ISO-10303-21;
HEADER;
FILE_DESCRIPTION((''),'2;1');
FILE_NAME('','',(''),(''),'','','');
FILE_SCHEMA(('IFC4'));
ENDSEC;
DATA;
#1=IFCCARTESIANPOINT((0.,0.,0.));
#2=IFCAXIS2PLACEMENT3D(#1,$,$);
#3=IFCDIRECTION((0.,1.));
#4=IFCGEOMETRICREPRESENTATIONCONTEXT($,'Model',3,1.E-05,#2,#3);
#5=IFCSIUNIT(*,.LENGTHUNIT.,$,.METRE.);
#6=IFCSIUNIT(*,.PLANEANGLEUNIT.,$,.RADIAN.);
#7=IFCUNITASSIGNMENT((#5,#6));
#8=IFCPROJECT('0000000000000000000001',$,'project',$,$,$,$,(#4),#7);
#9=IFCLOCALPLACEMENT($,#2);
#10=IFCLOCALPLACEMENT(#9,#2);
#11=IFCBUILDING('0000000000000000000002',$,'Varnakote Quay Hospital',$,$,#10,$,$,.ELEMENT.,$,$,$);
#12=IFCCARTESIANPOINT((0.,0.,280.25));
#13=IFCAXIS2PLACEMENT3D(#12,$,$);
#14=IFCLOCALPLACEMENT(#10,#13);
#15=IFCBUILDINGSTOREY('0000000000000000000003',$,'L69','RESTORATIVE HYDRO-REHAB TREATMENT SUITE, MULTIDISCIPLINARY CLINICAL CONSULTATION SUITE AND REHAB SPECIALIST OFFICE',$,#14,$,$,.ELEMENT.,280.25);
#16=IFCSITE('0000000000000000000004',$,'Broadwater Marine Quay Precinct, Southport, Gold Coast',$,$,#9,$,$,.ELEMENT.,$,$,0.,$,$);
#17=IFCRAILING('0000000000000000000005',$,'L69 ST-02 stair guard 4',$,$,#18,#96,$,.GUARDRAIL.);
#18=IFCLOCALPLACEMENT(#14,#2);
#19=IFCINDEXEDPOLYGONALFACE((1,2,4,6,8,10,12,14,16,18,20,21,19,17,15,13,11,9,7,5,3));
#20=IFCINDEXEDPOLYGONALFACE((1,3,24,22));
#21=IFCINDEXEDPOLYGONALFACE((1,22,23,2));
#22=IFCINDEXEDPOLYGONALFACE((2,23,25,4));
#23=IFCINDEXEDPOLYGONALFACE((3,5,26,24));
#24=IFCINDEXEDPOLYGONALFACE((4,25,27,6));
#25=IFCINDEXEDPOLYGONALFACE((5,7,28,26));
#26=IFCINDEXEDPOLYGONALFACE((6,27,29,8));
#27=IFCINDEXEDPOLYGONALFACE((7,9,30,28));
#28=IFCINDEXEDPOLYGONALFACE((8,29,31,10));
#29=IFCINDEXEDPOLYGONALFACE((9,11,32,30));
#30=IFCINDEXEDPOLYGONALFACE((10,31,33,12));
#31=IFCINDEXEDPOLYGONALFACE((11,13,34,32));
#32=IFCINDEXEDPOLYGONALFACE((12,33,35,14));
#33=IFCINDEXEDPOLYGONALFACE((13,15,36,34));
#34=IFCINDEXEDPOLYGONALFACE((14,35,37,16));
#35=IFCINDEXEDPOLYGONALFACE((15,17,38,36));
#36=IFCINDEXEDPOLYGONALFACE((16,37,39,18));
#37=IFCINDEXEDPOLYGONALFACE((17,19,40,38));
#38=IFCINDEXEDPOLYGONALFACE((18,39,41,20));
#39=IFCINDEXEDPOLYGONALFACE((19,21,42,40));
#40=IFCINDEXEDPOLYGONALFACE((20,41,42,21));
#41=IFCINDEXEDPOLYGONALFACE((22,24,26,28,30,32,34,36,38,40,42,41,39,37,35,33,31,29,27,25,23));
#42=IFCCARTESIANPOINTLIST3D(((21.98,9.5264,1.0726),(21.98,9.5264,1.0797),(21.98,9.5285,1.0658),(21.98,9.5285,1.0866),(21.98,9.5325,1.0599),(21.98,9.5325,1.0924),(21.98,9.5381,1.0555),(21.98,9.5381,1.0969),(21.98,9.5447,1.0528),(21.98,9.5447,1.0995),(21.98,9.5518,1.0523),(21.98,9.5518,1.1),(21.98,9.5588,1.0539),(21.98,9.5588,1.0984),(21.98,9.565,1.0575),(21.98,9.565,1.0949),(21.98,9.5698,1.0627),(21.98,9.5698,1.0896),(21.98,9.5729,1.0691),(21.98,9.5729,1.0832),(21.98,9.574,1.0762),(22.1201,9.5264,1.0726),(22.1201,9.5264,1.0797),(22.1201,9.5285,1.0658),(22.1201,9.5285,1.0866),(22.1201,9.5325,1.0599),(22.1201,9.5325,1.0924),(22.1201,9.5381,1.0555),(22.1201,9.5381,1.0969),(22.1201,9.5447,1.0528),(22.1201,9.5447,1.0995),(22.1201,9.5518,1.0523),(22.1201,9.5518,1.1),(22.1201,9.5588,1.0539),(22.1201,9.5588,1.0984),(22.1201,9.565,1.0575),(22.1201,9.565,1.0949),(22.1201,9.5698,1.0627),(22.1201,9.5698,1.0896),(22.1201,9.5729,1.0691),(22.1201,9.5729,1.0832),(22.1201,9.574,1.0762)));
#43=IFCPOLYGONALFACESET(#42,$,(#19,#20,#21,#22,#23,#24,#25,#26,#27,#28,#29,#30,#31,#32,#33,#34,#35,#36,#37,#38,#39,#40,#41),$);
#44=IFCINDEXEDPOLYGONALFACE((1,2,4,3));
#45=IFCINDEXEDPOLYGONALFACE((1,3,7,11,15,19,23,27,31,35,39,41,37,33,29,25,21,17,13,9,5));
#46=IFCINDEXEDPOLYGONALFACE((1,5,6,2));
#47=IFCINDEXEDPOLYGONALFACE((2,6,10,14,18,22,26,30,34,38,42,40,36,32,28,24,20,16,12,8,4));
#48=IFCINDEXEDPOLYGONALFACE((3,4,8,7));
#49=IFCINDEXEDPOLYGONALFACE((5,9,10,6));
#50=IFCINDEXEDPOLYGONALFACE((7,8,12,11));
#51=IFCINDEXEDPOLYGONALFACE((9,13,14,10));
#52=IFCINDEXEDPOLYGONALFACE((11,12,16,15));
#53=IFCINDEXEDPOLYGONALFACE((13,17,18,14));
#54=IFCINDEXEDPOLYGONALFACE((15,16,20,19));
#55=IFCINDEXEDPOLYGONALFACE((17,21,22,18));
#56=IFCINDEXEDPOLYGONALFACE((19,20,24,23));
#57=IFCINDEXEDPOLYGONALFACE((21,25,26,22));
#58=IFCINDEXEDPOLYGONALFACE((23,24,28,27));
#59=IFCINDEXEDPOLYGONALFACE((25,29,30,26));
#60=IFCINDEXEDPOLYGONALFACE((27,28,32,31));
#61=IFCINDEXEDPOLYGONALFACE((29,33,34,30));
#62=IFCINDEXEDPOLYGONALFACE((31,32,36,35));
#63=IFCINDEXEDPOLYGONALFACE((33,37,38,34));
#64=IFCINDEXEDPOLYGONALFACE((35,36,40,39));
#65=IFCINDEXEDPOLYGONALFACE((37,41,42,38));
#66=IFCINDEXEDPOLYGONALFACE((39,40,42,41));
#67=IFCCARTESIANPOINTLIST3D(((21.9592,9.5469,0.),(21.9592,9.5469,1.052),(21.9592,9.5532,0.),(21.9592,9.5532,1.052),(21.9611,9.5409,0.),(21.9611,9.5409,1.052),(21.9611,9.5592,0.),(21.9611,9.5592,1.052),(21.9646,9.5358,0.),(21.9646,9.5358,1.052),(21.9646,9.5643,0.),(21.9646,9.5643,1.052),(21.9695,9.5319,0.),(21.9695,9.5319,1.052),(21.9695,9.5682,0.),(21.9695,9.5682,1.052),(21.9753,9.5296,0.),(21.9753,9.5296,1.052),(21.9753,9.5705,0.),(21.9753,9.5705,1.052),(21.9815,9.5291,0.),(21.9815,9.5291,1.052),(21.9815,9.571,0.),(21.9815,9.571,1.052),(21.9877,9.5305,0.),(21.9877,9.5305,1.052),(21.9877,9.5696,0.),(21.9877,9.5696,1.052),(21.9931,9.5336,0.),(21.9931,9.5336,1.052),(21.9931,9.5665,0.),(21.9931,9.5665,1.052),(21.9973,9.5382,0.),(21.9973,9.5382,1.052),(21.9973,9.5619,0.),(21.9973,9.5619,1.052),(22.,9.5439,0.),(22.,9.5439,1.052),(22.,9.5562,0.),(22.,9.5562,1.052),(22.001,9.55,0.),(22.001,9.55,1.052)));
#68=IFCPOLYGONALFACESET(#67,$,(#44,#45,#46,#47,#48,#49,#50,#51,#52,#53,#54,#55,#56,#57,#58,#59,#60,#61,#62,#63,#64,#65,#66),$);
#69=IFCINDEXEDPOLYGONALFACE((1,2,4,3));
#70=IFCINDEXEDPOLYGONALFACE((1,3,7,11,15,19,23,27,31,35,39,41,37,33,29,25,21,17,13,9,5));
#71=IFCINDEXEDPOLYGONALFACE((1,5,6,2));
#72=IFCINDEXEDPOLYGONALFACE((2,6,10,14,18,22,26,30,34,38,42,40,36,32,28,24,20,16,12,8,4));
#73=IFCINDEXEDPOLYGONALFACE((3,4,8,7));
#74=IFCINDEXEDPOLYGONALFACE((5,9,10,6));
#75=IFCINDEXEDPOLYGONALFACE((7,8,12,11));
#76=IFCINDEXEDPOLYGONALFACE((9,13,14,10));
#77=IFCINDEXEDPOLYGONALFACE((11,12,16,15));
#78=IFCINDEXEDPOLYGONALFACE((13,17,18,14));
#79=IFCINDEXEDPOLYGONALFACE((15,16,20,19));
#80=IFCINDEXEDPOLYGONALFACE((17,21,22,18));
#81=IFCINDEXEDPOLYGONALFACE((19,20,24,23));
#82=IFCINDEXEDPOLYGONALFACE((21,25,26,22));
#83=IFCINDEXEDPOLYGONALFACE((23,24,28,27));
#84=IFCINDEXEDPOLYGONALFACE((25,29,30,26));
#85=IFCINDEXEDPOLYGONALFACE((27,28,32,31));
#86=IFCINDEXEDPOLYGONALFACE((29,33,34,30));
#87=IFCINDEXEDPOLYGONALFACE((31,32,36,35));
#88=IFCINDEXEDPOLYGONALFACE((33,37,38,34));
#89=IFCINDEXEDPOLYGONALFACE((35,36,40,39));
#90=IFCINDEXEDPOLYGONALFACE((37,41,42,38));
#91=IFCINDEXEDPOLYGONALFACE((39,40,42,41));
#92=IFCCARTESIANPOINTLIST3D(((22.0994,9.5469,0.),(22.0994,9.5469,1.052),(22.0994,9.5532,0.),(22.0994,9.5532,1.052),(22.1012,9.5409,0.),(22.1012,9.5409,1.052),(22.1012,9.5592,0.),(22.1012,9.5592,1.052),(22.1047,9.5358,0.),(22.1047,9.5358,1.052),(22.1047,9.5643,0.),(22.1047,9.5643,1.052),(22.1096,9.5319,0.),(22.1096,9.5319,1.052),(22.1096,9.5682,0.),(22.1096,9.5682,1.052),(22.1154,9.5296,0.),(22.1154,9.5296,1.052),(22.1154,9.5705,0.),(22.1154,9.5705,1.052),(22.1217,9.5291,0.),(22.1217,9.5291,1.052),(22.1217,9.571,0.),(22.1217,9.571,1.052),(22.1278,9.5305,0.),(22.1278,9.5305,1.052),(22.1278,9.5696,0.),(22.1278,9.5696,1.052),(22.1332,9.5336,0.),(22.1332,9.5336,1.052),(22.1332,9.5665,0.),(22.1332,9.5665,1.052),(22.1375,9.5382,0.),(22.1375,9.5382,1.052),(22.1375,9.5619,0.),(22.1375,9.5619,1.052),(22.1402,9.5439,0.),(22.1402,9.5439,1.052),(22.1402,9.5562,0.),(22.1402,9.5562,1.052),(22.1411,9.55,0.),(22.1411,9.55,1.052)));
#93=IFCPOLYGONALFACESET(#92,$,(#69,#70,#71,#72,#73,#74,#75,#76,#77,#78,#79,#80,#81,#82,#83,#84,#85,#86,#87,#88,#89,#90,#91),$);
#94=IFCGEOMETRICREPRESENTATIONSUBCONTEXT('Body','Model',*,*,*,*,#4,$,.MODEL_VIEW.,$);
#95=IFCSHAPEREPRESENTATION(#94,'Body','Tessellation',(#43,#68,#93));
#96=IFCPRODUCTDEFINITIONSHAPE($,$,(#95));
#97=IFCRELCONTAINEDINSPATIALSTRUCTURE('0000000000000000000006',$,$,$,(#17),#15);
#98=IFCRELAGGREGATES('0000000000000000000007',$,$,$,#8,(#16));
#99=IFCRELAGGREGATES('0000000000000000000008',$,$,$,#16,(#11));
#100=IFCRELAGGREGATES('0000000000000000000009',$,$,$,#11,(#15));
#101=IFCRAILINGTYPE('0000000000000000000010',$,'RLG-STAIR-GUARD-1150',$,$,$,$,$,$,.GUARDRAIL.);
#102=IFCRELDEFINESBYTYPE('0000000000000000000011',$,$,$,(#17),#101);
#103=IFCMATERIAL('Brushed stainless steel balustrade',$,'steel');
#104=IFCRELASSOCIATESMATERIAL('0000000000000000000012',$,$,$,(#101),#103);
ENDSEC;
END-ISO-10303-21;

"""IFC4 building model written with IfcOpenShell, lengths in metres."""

from ifc_helpers import new_model, si_unit, direction, frame, origin, origin_2d, place, context, subcontext, project, spatial, circle, extrude, material, type_object, element, save


model = new_model("IFC4")

# Units and contexts
model_context = context("Model", 3, precision=1e-05, world=origin(), true_north=direction((0.0, 1.0)))
body_context = subcontext(model_context, "Body", "Model", "MODEL_VIEW")
ifc_project = project(units=[si_unit("LENGTHUNIT", "METRE"), si_unit("PLANEANGLEUNIT", "RADIAN")], contexts=[model_context])

# Site, building, storey
site_placement = place(None, origin())
site = spatial("IfcSite", under=ifc_project, at=site_placement, Name="Broadwater Marine Quay Precinct, Southport, Gold Coast", CompositionType="ELEMENT", RefElevation=0.0)
building_placement = place(site_placement, origin())
building = spatial("IfcBuilding", under=site, at=building_placement, Name="Varnakote Quay Hospital", CompositionType="ELEMENT")
storey_placement = place(building_placement, frame((0.0, 0.0, 280.25)))
storey = spatial("IfcBuildingStorey", under=building, at=storey_placement, Name="L69", Description="RESTORATIVE HYDRO-REHAB TREATMENT SUITE, MULTIDISCIPLINARY CLINICAL CONSULTATION SUITE AND REHAB SPECIALIST OFFICE", CompositionType="ELEMENT", Elevation=280.25)

# Railing
ifc_material_1 = material(Name="Brushed stainless steel balustrade", Category="steel")
railing_type_1 = type_object("IfcRailingType", Name="RLG-STAIR-GUARD-1150", PredefinedType="GUARDRAIL", material=ifc_material_1)
railing_1_placement = place(storey_placement, frame((21.98, 9.55, 0.0)))
element("IfcRailing", 1, at=railing_1_placement, inside=storey, type_object=railing_type_1, Name="L69 ST-02 stair guard 4", PredefinedType="GUARDRAIL", context=body_context, shape_type="SweptSolid", body=[
    extrude(circle(Radius=0.0239, at=origin_2d()), frame((0.0, 0.0, 1.0762), z_axis=(1.0, 0.0, 0.0), x_axis=(0.0, 1.0, 0.0)), (0.0, 0.0, 1.0), 0.1401),
    extrude(circle(Radius=0.021, at=origin_2d()), origin(), (0.0, 0.0, 1.0), 1.052),
    extrude(circle(Radius=0.021, at=origin_2d()), frame((0.1401, 0.0, 0.0)), (0.0, 0.0, 1.0), 1.052),
])

save(model, "model.ifc")
